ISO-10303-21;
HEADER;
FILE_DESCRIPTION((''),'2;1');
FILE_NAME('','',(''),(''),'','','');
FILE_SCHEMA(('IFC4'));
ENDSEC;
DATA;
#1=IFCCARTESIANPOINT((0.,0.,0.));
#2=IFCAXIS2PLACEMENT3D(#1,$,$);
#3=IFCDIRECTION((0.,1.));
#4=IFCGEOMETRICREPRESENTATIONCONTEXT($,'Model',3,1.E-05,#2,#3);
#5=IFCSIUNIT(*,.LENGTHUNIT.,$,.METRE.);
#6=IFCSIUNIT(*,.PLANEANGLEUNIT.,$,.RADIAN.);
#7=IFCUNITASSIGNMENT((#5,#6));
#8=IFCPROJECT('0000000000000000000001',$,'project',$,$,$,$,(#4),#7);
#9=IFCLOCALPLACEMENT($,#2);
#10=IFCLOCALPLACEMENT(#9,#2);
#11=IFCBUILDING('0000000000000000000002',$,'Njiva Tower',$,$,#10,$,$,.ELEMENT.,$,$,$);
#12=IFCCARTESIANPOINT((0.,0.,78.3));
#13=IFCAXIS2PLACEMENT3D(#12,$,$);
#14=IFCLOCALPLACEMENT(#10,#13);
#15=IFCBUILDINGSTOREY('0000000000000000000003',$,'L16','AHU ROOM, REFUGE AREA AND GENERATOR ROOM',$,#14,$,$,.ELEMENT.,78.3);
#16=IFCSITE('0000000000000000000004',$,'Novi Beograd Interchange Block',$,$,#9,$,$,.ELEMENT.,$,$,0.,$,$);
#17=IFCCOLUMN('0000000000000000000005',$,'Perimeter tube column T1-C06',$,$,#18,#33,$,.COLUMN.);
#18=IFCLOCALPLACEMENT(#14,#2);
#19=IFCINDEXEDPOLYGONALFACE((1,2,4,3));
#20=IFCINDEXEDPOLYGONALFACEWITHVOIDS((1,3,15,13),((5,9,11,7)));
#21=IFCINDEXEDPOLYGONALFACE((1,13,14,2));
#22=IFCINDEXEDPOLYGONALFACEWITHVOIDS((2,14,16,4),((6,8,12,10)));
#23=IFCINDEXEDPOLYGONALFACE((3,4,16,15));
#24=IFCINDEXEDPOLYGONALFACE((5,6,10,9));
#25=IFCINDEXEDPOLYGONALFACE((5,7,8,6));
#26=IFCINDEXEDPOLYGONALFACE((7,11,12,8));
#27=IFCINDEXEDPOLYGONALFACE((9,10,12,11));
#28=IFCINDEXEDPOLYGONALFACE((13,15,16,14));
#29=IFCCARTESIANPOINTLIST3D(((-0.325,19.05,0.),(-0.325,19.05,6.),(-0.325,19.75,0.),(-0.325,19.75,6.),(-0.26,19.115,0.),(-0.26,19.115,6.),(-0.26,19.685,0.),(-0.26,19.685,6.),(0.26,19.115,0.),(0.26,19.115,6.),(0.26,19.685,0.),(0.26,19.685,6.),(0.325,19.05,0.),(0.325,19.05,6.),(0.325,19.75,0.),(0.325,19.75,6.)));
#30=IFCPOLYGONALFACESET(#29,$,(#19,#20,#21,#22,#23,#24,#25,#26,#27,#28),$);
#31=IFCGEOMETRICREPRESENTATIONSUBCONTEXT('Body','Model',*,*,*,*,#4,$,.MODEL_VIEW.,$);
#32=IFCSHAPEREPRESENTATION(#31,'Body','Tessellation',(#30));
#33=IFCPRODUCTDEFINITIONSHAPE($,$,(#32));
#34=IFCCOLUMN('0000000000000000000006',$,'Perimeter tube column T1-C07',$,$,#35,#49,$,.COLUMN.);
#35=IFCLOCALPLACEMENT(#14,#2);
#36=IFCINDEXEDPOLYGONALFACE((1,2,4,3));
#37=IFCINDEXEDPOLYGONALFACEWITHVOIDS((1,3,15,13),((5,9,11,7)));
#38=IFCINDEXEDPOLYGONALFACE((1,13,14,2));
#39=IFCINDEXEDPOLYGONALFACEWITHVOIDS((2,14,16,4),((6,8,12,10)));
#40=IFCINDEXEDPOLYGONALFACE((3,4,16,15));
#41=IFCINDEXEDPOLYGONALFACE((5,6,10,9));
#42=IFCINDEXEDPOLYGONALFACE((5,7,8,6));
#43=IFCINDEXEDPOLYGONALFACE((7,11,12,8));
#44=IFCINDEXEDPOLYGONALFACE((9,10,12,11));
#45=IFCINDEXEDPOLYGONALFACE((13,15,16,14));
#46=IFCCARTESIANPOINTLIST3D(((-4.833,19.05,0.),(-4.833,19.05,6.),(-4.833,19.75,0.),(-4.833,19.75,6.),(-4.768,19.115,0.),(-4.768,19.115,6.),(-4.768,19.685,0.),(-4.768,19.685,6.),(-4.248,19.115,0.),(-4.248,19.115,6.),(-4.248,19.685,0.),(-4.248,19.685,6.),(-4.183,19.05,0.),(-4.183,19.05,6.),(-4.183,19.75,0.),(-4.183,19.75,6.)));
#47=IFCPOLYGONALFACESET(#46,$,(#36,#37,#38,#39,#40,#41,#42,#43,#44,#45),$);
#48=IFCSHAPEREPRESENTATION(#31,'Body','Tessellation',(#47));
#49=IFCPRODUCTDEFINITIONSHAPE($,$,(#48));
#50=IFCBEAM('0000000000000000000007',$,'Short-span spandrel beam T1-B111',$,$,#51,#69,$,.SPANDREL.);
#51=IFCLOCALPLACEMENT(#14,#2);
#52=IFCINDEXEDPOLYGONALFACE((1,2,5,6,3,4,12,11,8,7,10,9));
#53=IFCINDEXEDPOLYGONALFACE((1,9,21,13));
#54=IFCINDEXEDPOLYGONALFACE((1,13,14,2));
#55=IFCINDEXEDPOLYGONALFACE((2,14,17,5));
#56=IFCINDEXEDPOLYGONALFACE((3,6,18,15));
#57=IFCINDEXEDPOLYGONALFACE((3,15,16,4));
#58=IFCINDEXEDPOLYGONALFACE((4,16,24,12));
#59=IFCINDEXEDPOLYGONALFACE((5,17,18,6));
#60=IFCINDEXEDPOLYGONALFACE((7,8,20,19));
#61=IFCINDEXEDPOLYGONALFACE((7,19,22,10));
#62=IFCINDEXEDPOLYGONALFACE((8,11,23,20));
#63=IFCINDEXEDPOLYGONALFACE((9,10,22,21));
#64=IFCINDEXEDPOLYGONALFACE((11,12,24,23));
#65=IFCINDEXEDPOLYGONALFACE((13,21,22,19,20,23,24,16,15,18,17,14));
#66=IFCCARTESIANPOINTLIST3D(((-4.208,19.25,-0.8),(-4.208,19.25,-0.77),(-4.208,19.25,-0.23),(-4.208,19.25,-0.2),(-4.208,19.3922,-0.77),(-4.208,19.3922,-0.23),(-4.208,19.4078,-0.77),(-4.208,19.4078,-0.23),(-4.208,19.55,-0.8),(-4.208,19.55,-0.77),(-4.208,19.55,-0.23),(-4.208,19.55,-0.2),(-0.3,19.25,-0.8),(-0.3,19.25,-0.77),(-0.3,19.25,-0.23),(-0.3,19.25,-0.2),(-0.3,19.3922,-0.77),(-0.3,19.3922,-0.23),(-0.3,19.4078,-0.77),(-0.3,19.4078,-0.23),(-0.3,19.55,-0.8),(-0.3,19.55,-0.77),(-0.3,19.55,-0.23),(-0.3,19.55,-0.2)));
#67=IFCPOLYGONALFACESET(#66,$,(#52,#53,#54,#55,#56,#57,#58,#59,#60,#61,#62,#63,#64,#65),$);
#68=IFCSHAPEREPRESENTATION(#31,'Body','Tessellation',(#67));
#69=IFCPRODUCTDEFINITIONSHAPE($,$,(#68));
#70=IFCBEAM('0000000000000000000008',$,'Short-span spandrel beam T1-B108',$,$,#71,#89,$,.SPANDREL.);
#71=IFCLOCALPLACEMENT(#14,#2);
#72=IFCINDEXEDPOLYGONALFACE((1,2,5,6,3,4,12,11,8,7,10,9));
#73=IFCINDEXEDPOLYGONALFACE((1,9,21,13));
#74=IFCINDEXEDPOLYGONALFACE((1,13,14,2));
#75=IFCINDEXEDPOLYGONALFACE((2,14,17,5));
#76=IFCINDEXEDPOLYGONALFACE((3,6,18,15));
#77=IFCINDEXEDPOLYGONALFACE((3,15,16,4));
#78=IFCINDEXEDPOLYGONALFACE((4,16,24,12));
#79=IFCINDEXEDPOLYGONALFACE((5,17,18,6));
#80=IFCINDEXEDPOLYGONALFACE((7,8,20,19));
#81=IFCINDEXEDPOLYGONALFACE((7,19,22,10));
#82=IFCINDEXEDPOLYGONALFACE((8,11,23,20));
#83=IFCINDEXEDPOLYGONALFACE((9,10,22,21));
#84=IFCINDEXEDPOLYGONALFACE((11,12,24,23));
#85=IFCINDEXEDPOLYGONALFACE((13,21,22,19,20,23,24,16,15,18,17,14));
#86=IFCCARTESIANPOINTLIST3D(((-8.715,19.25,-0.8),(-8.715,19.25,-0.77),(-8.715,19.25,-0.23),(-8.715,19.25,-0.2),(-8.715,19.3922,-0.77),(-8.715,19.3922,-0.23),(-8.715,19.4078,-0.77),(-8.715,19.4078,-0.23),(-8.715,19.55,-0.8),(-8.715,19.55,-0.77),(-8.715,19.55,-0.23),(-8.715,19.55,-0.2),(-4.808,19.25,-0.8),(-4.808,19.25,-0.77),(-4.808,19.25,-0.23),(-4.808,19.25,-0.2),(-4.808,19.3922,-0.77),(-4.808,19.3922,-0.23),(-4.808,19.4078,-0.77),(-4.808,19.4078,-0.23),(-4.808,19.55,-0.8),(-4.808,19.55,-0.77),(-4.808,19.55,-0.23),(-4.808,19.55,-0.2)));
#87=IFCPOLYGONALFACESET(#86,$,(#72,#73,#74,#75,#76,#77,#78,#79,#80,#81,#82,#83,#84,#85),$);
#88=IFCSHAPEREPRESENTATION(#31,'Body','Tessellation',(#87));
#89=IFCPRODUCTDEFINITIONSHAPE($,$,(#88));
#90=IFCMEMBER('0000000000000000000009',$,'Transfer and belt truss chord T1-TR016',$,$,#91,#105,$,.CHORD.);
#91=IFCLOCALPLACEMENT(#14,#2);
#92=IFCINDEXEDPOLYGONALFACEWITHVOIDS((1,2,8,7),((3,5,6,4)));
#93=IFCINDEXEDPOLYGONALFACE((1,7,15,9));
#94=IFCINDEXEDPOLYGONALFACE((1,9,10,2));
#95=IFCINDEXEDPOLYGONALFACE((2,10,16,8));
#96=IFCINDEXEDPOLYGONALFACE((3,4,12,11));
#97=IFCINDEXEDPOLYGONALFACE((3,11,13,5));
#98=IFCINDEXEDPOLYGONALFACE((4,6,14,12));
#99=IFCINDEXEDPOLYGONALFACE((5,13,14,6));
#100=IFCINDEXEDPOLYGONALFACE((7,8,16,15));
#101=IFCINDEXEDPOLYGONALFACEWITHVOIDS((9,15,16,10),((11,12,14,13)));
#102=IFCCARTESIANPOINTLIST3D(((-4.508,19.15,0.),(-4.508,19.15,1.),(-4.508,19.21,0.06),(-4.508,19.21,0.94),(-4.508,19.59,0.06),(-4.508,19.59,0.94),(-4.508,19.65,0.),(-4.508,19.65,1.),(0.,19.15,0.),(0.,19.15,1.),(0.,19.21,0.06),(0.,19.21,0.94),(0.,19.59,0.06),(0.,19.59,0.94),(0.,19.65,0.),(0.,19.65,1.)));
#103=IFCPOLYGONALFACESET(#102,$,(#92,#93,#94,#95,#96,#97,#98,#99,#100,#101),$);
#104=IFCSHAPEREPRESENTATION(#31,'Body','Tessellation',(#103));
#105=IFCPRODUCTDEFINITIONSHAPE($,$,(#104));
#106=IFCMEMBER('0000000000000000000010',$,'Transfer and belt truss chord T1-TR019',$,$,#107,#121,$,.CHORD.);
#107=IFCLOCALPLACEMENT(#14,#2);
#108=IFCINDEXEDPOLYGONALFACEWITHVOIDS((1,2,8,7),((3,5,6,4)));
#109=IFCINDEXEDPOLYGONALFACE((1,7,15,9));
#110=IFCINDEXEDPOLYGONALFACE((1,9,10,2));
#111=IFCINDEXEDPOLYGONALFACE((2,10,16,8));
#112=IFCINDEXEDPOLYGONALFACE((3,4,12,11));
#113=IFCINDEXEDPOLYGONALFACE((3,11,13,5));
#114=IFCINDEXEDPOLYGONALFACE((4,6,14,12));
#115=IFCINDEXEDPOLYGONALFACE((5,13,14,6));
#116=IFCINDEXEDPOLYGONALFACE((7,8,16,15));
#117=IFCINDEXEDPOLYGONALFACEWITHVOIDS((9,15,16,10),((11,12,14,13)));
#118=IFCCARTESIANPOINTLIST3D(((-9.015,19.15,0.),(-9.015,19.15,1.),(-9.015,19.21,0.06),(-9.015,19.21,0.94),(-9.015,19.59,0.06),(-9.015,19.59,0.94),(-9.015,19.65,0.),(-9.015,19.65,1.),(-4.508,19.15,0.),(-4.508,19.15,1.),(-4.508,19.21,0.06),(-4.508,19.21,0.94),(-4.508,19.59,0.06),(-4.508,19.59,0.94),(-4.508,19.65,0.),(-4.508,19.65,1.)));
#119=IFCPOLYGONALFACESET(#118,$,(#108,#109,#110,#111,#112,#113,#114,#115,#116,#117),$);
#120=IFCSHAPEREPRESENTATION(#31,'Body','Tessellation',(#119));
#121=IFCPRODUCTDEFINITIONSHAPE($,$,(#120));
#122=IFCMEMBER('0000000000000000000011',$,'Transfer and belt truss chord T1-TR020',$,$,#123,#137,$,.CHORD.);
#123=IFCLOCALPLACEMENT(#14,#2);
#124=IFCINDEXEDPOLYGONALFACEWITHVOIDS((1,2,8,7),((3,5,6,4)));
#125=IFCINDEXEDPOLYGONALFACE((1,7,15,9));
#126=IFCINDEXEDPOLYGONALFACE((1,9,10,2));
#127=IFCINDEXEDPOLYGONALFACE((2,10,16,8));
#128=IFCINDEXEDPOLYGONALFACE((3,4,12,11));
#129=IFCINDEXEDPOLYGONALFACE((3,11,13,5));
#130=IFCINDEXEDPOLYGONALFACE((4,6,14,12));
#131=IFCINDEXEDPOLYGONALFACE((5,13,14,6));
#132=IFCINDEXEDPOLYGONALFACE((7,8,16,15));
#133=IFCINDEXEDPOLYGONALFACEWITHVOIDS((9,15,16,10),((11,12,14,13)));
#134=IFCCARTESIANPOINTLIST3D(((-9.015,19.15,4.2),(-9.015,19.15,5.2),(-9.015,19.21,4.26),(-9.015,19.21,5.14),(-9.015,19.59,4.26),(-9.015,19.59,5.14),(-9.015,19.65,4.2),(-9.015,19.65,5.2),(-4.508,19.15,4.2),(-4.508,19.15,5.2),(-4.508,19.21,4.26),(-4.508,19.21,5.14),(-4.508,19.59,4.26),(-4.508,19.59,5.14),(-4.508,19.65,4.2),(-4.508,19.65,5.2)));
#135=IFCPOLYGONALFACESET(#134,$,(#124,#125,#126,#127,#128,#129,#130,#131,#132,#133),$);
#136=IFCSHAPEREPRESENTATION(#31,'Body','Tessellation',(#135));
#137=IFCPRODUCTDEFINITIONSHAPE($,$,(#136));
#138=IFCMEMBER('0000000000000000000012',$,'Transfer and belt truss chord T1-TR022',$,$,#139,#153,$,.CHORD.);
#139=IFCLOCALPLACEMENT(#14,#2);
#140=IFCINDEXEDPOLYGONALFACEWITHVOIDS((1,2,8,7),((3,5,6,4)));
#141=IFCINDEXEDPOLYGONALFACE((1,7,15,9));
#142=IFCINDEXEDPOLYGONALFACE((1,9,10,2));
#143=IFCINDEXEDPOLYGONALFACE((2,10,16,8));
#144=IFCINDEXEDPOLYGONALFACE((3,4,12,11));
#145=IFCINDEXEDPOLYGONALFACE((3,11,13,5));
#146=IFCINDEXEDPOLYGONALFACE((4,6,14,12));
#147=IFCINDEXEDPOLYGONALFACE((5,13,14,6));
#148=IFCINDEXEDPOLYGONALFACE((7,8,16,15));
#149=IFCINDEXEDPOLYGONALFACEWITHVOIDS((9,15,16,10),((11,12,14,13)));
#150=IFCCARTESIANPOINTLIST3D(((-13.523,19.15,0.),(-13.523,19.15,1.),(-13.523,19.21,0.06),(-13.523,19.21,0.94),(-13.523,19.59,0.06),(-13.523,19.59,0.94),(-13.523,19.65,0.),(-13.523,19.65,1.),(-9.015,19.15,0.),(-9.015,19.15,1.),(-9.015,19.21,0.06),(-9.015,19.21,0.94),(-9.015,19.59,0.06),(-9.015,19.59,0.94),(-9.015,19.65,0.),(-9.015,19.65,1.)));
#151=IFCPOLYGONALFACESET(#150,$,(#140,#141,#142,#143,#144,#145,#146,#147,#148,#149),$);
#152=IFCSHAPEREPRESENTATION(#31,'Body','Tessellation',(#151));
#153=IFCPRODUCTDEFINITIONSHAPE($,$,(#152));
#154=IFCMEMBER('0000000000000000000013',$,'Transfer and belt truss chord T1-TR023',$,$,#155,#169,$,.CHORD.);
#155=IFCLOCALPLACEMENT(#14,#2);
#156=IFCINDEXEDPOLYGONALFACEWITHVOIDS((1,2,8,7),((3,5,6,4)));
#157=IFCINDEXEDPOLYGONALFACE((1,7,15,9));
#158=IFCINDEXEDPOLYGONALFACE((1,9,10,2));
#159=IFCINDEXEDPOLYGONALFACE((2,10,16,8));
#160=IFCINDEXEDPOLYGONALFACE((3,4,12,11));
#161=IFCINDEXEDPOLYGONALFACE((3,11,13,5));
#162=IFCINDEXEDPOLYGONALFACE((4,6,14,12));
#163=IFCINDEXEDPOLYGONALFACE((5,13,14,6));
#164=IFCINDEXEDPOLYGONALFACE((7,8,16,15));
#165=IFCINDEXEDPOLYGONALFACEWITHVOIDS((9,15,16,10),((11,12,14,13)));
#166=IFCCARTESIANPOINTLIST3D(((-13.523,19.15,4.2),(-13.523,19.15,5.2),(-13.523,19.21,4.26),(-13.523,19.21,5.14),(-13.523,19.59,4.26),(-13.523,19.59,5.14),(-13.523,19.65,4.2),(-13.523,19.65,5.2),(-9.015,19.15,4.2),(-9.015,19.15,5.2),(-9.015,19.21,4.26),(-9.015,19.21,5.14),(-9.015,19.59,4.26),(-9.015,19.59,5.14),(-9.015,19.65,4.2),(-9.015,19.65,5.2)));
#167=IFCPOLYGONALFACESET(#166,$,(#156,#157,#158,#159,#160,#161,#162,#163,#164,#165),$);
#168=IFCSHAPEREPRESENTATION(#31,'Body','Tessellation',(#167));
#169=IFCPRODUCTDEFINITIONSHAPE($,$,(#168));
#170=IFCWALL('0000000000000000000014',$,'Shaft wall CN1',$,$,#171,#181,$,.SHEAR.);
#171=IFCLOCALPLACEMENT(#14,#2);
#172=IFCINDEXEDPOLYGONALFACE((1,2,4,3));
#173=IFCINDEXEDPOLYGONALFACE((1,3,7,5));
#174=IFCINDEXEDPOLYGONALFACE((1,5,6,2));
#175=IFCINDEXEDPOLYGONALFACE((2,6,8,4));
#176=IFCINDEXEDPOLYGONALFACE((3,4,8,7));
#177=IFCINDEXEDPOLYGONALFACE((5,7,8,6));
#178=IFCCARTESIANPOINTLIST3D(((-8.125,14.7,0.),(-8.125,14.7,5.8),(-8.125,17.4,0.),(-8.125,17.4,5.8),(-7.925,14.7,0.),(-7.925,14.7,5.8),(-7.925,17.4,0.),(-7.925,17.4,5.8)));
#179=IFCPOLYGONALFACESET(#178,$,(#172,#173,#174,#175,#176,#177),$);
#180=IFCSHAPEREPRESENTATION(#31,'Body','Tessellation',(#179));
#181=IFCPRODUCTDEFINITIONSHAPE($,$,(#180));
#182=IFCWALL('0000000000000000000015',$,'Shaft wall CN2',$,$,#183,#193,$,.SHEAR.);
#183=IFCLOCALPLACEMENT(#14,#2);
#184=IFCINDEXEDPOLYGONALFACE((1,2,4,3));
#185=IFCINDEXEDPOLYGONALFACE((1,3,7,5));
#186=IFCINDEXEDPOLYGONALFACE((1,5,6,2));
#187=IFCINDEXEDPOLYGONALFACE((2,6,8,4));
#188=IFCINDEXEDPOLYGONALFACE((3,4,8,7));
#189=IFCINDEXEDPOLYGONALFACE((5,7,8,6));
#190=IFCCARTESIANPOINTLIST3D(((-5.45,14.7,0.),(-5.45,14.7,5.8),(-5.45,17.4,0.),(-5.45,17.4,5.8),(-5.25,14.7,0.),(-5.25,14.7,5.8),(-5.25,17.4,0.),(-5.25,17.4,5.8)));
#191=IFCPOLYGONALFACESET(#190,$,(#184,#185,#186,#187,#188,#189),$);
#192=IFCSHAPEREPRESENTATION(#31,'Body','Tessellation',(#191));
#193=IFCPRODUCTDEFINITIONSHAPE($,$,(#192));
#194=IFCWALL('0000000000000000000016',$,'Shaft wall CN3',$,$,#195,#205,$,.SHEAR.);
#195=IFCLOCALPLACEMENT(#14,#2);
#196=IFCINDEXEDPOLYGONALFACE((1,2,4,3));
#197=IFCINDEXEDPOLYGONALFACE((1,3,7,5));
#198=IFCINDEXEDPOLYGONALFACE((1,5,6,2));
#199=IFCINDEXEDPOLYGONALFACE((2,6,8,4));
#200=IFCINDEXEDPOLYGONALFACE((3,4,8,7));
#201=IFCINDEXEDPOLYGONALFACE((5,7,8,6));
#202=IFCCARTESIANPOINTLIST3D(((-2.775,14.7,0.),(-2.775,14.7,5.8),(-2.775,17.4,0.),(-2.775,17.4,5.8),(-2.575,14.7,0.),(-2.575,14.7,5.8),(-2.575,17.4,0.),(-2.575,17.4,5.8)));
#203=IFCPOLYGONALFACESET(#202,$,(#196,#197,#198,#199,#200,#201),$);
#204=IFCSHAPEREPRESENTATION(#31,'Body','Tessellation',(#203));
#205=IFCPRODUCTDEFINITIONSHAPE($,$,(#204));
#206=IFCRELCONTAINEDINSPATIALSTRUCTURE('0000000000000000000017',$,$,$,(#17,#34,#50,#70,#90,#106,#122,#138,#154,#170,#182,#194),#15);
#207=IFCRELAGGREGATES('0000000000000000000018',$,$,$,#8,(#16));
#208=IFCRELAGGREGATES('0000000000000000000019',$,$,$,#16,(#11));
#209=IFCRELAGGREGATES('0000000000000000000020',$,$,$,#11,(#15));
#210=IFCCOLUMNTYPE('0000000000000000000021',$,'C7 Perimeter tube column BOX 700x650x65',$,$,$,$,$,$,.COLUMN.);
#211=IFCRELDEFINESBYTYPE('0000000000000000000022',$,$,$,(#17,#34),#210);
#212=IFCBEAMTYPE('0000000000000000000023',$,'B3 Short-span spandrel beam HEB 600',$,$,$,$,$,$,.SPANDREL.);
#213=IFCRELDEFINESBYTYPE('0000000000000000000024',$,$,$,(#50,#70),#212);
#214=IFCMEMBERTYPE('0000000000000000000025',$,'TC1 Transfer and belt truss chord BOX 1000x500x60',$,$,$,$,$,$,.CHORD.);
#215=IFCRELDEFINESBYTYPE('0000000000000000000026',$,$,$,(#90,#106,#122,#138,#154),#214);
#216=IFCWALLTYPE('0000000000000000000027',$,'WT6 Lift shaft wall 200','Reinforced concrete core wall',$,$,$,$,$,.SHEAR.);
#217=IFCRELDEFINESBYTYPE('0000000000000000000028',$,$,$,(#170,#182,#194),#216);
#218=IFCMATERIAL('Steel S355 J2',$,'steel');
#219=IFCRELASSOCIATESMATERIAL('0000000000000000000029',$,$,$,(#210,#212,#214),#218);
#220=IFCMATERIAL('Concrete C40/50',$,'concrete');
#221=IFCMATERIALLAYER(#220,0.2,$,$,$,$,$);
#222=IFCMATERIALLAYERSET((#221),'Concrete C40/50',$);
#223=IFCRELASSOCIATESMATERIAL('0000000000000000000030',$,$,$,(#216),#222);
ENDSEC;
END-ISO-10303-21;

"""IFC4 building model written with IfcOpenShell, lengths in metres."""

from ifc_helpers import new_model, si_unit, direction, frame, frame_2d, origin, origin_2d, place, context, subcontext, project, spatial, rectangle, hollow_rectangle, i_section, extrude, material, layer, layer_set, material_profile, profile_set, type_object, element, save


model = new_model("IFC4")

# Units and contexts
model_context = context("Model", 3, precision=1e-05, world=origin(), true_north=direction((0.0, 1.0)))
body_context = subcontext(model_context, "Body", "Model", "MODEL_VIEW")
ifc_project = project(units=[si_unit("LENGTHUNIT", "METRE"), si_unit("PLANEANGLEUNIT", "RADIAN")], contexts=[model_context])

# Site, building, storey
site_placement = place(None, origin())
site = spatial("IfcSite", under=ifc_project, at=site_placement, Name="Novi Beograd Interchange Block", CompositionType="ELEMENT", RefElevation=0.0)
building_placement = place(site_placement, origin())
building = spatial("IfcBuilding", under=site, at=building_placement, Name="Njiva Tower", CompositionType="ELEMENT")
storey_placement = place(building_placement, frame((0.0, 0.0, 78.3)))
storey = spatial("IfcBuildingStorey", under=building, at=storey_placement, Name="L16", Description="AHU ROOM, REFUGE AREA AND GENERATOR ROOM", CompositionType="ELEMENT", Elevation=78.3)

# Columns
ifc_material_1 = material(Name="Steel S355 J2", Category="steel")
ifc_material_profile_1 = material_profile(ifc_material_1, hollow_rectangle(XDim=0.65, YDim=0.7, WallThickness=0.065, at=origin_2d()), Name="BOX 700x650x65")
ifc_profile_set_1 = profile_set([ifc_material_profile_1], Name="Steel S355 J2")
column_type = type_object("IfcColumnType", Name="C7 Perimeter tube column BOX 700x650x65", PredefinedType="COLUMN", material=ifc_profile_set_1)
for number, where, z_axis, x_axis, name in (
    (1, (0.0, 19.4, 0.0), (0.0, 0.0, 1.0), (-1.0, 0.0, 0.0), "Perimeter tube column T1-C06"),
    (2, (-4.508, 19.4, 0.0), (0.0, 0.0, 1.0), (-1.0, 0.0, 0.0), "Perimeter tube column T1-C07"),
):
    element("IfcColumn", number, at=place(storey_placement, frame(where, z_axis=z_axis, x_axis=x_axis)), inside=storey, type_object=column_type, Name=name, PredefinedType="COLUMN", context=body_context, shape_type="SweptSolid", body=[
        extrude(hollow_rectangle(XDim=0.65, YDim=0.7, WallThickness=0.065, at=origin_2d()), origin(), (0.0, 0.0, 1.0), 6.0),
    ])

# Beams
ifc_material_profile_2 = material_profile(ifc_material_1, i_section(OverallWidth=0.3, OverallDepth=0.6, WebThickness=0.0155, FlangeThickness=0.03, at=origin_2d()), Name="HEB 600")
ifc_profile_set_2 = profile_set([ifc_material_profile_2], Name="Steel S355 J2")
beam_type = type_object("IfcBeamType", Name="B3 Short-span spandrel beam HEB 600", PredefinedType="SPANDREL", material=ifc_profile_set_2)
beam_1_placement = place(storey_placement, frame((-0.3, 19.4, -0.5), z_axis=(-1.0, 0.0, 0.0), x_axis=(0.0, -1.0, 0.0)))
element("IfcBeam", 3, at=beam_1_placement, inside=storey, type_object=beam_type, Name="Short-span spandrel beam T1-B111", PredefinedType="SPANDREL", context=body_context, shape_type="SweptSolid", body=[
    extrude(i_section(OverallWidth=0.3, OverallDepth=0.6, WebThickness=0.0155, FlangeThickness=0.03, at=origin_2d()), origin(), (0.0, 0.0, 1.0), 3.908),
])
beam_2_placement = place(storey_placement, frame((-4.808, 19.4, -0.5), z_axis=(-1.0, 0.0, 0.0), x_axis=(0.0, -1.0, 0.0)))
element("IfcBeam", 4, at=beam_2_placement, inside=storey, type_object=beam_type, Name="Short-span spandrel beam T1-B108", PredefinedType="SPANDREL", context=body_context, shape_type="SweptSolid", body=[
    extrude(i_section(OverallWidth=0.3, OverallDepth=0.6, WebThickness=0.0155, FlangeThickness=0.03, at=origin_2d()), origin(), (0.0, 0.0, 1.0), 3.907),
])

# Members
ifc_material_profile_3 = material_profile(ifc_material_1, hollow_rectangle(XDim=0.5, YDim=1.0, WallThickness=0.06, at=origin_2d()), Name="BOX 1000x500x60")
ifc_profile_set_3 = profile_set([ifc_material_profile_3], Name="Steel S355 J2")
member_type_1 = type_object("IfcMemberType", Name="TC1 Transfer and belt truss chord BOX 1000x500x60", PredefinedType="CHORD", material=ifc_profile_set_3)
member_1_placement = place(storey_placement, frame((0.0, 19.4, 0.5), z_axis=(-1.0, 0.0, 0.0), x_axis=(0.0, -1.0, 0.0)))
element("IfcMember", 5, at=member_1_placement, inside=storey, type_object=member_type_1, Name="Transfer and belt truss chord T1-TR016", PredefinedType="CHORD", context=body_context, shape_type="SweptSolid", body=[
    extrude(hollow_rectangle(XDim=0.5, YDim=1.0, WallThickness=0.06, at=origin_2d()), origin(), (0.0, 0.0, 1.0), 4.508),
])
for number, where, z_axis, x_axis, name in (
    (6, (-4.508, 19.4, 0.5), (-1.0, 0.0, 0.0), (0.0, -1.0, 0.0), "Transfer and belt truss chord T1-TR019"),
    (7, (-4.508, 19.4, 4.7), (-1.0, 0.0, 0.0), (0.0, -1.0, 0.0), "Transfer and belt truss chord T1-TR020"),
):
    element("IfcMember", number, at=place(storey_placement, frame(where, z_axis=z_axis, x_axis=x_axis)), inside=storey, type_object=member_type_1, Name=name, PredefinedType="CHORD", context=body_context, shape_type="SweptSolid", body=[
        extrude(hollow_rectangle(XDim=0.5, YDim=1.0, WallThickness=0.06, at=origin_2d()), origin(), (0.0, 0.0, 1.0), 4.507),
    ])
for number, where, z_axis, x_axis, name in (
    (8, (-9.015, 19.4, 0.5), (-1.0, 0.0, 0.0), (0.0, -1.0, 0.0), "Transfer and belt truss chord T1-TR022"),
    (9, (-9.015, 19.4, 4.7), (-1.0, 0.0, 0.0), (0.0, -1.0, 0.0), "Transfer and belt truss chord T1-TR023"),
):
    element("IfcMember", number, at=place(storey_placement, frame(where, z_axis=z_axis, x_axis=x_axis)), inside=storey, type_object=member_type_1, Name=name, PredefinedType="CHORD", context=body_context, shape_type="SweptSolid", body=[
        extrude(hollow_rectangle(XDim=0.5, YDim=1.0, WallThickness=0.06, at=origin_2d()), origin(), (0.0, 0.0, 1.0), 4.508),
    ])

# Walls
ifc_material_2 = material(Name="Concrete C40/50", Category="concrete")
ifc_layer = layer(ifc_material_2, 0.2)
ifc_layer_set = layer_set([ifc_layer], Name="Concrete C40/50")
wall_type = type_object("IfcWallType", Name="WT6 Lift shaft wall 200", Description="Reinforced concrete core wall", PredefinedType="SHEAR", material=ifc_layer_set)
for number, where, z_axis, x_axis, name in (
    (10, (-8.025, 14.7, 0.0), (0.0, 0.0, 1.0), (0.0, 1.0, 0.0), "Shaft wall CN1"),
    (11, (-5.35, 14.7, 0.0), (0.0, 0.0, 1.0), (0.0, 1.0, 0.0), "Shaft wall CN2"),
    (12, (-2.675, 14.7, 0.0), (0.0, 0.0, 1.0), (0.0, 1.0, 0.0), "Shaft wall CN3"),
):
    element("IfcWall", number, at=place(storey_placement, frame(where, z_axis=z_axis, x_axis=x_axis)), inside=storey, type_object=wall_type, Name=name, PredefinedType="SHEAR", context=body_context, shape_type="SweptSolid", body=[
        extrude(rectangle(XDim=2.7, YDim=0.2, at=frame_2d((1.35, 0.0))), origin(), (0.0, 0.0, 1.0), 5.8),
    ])

save(model, "model.ifc")
